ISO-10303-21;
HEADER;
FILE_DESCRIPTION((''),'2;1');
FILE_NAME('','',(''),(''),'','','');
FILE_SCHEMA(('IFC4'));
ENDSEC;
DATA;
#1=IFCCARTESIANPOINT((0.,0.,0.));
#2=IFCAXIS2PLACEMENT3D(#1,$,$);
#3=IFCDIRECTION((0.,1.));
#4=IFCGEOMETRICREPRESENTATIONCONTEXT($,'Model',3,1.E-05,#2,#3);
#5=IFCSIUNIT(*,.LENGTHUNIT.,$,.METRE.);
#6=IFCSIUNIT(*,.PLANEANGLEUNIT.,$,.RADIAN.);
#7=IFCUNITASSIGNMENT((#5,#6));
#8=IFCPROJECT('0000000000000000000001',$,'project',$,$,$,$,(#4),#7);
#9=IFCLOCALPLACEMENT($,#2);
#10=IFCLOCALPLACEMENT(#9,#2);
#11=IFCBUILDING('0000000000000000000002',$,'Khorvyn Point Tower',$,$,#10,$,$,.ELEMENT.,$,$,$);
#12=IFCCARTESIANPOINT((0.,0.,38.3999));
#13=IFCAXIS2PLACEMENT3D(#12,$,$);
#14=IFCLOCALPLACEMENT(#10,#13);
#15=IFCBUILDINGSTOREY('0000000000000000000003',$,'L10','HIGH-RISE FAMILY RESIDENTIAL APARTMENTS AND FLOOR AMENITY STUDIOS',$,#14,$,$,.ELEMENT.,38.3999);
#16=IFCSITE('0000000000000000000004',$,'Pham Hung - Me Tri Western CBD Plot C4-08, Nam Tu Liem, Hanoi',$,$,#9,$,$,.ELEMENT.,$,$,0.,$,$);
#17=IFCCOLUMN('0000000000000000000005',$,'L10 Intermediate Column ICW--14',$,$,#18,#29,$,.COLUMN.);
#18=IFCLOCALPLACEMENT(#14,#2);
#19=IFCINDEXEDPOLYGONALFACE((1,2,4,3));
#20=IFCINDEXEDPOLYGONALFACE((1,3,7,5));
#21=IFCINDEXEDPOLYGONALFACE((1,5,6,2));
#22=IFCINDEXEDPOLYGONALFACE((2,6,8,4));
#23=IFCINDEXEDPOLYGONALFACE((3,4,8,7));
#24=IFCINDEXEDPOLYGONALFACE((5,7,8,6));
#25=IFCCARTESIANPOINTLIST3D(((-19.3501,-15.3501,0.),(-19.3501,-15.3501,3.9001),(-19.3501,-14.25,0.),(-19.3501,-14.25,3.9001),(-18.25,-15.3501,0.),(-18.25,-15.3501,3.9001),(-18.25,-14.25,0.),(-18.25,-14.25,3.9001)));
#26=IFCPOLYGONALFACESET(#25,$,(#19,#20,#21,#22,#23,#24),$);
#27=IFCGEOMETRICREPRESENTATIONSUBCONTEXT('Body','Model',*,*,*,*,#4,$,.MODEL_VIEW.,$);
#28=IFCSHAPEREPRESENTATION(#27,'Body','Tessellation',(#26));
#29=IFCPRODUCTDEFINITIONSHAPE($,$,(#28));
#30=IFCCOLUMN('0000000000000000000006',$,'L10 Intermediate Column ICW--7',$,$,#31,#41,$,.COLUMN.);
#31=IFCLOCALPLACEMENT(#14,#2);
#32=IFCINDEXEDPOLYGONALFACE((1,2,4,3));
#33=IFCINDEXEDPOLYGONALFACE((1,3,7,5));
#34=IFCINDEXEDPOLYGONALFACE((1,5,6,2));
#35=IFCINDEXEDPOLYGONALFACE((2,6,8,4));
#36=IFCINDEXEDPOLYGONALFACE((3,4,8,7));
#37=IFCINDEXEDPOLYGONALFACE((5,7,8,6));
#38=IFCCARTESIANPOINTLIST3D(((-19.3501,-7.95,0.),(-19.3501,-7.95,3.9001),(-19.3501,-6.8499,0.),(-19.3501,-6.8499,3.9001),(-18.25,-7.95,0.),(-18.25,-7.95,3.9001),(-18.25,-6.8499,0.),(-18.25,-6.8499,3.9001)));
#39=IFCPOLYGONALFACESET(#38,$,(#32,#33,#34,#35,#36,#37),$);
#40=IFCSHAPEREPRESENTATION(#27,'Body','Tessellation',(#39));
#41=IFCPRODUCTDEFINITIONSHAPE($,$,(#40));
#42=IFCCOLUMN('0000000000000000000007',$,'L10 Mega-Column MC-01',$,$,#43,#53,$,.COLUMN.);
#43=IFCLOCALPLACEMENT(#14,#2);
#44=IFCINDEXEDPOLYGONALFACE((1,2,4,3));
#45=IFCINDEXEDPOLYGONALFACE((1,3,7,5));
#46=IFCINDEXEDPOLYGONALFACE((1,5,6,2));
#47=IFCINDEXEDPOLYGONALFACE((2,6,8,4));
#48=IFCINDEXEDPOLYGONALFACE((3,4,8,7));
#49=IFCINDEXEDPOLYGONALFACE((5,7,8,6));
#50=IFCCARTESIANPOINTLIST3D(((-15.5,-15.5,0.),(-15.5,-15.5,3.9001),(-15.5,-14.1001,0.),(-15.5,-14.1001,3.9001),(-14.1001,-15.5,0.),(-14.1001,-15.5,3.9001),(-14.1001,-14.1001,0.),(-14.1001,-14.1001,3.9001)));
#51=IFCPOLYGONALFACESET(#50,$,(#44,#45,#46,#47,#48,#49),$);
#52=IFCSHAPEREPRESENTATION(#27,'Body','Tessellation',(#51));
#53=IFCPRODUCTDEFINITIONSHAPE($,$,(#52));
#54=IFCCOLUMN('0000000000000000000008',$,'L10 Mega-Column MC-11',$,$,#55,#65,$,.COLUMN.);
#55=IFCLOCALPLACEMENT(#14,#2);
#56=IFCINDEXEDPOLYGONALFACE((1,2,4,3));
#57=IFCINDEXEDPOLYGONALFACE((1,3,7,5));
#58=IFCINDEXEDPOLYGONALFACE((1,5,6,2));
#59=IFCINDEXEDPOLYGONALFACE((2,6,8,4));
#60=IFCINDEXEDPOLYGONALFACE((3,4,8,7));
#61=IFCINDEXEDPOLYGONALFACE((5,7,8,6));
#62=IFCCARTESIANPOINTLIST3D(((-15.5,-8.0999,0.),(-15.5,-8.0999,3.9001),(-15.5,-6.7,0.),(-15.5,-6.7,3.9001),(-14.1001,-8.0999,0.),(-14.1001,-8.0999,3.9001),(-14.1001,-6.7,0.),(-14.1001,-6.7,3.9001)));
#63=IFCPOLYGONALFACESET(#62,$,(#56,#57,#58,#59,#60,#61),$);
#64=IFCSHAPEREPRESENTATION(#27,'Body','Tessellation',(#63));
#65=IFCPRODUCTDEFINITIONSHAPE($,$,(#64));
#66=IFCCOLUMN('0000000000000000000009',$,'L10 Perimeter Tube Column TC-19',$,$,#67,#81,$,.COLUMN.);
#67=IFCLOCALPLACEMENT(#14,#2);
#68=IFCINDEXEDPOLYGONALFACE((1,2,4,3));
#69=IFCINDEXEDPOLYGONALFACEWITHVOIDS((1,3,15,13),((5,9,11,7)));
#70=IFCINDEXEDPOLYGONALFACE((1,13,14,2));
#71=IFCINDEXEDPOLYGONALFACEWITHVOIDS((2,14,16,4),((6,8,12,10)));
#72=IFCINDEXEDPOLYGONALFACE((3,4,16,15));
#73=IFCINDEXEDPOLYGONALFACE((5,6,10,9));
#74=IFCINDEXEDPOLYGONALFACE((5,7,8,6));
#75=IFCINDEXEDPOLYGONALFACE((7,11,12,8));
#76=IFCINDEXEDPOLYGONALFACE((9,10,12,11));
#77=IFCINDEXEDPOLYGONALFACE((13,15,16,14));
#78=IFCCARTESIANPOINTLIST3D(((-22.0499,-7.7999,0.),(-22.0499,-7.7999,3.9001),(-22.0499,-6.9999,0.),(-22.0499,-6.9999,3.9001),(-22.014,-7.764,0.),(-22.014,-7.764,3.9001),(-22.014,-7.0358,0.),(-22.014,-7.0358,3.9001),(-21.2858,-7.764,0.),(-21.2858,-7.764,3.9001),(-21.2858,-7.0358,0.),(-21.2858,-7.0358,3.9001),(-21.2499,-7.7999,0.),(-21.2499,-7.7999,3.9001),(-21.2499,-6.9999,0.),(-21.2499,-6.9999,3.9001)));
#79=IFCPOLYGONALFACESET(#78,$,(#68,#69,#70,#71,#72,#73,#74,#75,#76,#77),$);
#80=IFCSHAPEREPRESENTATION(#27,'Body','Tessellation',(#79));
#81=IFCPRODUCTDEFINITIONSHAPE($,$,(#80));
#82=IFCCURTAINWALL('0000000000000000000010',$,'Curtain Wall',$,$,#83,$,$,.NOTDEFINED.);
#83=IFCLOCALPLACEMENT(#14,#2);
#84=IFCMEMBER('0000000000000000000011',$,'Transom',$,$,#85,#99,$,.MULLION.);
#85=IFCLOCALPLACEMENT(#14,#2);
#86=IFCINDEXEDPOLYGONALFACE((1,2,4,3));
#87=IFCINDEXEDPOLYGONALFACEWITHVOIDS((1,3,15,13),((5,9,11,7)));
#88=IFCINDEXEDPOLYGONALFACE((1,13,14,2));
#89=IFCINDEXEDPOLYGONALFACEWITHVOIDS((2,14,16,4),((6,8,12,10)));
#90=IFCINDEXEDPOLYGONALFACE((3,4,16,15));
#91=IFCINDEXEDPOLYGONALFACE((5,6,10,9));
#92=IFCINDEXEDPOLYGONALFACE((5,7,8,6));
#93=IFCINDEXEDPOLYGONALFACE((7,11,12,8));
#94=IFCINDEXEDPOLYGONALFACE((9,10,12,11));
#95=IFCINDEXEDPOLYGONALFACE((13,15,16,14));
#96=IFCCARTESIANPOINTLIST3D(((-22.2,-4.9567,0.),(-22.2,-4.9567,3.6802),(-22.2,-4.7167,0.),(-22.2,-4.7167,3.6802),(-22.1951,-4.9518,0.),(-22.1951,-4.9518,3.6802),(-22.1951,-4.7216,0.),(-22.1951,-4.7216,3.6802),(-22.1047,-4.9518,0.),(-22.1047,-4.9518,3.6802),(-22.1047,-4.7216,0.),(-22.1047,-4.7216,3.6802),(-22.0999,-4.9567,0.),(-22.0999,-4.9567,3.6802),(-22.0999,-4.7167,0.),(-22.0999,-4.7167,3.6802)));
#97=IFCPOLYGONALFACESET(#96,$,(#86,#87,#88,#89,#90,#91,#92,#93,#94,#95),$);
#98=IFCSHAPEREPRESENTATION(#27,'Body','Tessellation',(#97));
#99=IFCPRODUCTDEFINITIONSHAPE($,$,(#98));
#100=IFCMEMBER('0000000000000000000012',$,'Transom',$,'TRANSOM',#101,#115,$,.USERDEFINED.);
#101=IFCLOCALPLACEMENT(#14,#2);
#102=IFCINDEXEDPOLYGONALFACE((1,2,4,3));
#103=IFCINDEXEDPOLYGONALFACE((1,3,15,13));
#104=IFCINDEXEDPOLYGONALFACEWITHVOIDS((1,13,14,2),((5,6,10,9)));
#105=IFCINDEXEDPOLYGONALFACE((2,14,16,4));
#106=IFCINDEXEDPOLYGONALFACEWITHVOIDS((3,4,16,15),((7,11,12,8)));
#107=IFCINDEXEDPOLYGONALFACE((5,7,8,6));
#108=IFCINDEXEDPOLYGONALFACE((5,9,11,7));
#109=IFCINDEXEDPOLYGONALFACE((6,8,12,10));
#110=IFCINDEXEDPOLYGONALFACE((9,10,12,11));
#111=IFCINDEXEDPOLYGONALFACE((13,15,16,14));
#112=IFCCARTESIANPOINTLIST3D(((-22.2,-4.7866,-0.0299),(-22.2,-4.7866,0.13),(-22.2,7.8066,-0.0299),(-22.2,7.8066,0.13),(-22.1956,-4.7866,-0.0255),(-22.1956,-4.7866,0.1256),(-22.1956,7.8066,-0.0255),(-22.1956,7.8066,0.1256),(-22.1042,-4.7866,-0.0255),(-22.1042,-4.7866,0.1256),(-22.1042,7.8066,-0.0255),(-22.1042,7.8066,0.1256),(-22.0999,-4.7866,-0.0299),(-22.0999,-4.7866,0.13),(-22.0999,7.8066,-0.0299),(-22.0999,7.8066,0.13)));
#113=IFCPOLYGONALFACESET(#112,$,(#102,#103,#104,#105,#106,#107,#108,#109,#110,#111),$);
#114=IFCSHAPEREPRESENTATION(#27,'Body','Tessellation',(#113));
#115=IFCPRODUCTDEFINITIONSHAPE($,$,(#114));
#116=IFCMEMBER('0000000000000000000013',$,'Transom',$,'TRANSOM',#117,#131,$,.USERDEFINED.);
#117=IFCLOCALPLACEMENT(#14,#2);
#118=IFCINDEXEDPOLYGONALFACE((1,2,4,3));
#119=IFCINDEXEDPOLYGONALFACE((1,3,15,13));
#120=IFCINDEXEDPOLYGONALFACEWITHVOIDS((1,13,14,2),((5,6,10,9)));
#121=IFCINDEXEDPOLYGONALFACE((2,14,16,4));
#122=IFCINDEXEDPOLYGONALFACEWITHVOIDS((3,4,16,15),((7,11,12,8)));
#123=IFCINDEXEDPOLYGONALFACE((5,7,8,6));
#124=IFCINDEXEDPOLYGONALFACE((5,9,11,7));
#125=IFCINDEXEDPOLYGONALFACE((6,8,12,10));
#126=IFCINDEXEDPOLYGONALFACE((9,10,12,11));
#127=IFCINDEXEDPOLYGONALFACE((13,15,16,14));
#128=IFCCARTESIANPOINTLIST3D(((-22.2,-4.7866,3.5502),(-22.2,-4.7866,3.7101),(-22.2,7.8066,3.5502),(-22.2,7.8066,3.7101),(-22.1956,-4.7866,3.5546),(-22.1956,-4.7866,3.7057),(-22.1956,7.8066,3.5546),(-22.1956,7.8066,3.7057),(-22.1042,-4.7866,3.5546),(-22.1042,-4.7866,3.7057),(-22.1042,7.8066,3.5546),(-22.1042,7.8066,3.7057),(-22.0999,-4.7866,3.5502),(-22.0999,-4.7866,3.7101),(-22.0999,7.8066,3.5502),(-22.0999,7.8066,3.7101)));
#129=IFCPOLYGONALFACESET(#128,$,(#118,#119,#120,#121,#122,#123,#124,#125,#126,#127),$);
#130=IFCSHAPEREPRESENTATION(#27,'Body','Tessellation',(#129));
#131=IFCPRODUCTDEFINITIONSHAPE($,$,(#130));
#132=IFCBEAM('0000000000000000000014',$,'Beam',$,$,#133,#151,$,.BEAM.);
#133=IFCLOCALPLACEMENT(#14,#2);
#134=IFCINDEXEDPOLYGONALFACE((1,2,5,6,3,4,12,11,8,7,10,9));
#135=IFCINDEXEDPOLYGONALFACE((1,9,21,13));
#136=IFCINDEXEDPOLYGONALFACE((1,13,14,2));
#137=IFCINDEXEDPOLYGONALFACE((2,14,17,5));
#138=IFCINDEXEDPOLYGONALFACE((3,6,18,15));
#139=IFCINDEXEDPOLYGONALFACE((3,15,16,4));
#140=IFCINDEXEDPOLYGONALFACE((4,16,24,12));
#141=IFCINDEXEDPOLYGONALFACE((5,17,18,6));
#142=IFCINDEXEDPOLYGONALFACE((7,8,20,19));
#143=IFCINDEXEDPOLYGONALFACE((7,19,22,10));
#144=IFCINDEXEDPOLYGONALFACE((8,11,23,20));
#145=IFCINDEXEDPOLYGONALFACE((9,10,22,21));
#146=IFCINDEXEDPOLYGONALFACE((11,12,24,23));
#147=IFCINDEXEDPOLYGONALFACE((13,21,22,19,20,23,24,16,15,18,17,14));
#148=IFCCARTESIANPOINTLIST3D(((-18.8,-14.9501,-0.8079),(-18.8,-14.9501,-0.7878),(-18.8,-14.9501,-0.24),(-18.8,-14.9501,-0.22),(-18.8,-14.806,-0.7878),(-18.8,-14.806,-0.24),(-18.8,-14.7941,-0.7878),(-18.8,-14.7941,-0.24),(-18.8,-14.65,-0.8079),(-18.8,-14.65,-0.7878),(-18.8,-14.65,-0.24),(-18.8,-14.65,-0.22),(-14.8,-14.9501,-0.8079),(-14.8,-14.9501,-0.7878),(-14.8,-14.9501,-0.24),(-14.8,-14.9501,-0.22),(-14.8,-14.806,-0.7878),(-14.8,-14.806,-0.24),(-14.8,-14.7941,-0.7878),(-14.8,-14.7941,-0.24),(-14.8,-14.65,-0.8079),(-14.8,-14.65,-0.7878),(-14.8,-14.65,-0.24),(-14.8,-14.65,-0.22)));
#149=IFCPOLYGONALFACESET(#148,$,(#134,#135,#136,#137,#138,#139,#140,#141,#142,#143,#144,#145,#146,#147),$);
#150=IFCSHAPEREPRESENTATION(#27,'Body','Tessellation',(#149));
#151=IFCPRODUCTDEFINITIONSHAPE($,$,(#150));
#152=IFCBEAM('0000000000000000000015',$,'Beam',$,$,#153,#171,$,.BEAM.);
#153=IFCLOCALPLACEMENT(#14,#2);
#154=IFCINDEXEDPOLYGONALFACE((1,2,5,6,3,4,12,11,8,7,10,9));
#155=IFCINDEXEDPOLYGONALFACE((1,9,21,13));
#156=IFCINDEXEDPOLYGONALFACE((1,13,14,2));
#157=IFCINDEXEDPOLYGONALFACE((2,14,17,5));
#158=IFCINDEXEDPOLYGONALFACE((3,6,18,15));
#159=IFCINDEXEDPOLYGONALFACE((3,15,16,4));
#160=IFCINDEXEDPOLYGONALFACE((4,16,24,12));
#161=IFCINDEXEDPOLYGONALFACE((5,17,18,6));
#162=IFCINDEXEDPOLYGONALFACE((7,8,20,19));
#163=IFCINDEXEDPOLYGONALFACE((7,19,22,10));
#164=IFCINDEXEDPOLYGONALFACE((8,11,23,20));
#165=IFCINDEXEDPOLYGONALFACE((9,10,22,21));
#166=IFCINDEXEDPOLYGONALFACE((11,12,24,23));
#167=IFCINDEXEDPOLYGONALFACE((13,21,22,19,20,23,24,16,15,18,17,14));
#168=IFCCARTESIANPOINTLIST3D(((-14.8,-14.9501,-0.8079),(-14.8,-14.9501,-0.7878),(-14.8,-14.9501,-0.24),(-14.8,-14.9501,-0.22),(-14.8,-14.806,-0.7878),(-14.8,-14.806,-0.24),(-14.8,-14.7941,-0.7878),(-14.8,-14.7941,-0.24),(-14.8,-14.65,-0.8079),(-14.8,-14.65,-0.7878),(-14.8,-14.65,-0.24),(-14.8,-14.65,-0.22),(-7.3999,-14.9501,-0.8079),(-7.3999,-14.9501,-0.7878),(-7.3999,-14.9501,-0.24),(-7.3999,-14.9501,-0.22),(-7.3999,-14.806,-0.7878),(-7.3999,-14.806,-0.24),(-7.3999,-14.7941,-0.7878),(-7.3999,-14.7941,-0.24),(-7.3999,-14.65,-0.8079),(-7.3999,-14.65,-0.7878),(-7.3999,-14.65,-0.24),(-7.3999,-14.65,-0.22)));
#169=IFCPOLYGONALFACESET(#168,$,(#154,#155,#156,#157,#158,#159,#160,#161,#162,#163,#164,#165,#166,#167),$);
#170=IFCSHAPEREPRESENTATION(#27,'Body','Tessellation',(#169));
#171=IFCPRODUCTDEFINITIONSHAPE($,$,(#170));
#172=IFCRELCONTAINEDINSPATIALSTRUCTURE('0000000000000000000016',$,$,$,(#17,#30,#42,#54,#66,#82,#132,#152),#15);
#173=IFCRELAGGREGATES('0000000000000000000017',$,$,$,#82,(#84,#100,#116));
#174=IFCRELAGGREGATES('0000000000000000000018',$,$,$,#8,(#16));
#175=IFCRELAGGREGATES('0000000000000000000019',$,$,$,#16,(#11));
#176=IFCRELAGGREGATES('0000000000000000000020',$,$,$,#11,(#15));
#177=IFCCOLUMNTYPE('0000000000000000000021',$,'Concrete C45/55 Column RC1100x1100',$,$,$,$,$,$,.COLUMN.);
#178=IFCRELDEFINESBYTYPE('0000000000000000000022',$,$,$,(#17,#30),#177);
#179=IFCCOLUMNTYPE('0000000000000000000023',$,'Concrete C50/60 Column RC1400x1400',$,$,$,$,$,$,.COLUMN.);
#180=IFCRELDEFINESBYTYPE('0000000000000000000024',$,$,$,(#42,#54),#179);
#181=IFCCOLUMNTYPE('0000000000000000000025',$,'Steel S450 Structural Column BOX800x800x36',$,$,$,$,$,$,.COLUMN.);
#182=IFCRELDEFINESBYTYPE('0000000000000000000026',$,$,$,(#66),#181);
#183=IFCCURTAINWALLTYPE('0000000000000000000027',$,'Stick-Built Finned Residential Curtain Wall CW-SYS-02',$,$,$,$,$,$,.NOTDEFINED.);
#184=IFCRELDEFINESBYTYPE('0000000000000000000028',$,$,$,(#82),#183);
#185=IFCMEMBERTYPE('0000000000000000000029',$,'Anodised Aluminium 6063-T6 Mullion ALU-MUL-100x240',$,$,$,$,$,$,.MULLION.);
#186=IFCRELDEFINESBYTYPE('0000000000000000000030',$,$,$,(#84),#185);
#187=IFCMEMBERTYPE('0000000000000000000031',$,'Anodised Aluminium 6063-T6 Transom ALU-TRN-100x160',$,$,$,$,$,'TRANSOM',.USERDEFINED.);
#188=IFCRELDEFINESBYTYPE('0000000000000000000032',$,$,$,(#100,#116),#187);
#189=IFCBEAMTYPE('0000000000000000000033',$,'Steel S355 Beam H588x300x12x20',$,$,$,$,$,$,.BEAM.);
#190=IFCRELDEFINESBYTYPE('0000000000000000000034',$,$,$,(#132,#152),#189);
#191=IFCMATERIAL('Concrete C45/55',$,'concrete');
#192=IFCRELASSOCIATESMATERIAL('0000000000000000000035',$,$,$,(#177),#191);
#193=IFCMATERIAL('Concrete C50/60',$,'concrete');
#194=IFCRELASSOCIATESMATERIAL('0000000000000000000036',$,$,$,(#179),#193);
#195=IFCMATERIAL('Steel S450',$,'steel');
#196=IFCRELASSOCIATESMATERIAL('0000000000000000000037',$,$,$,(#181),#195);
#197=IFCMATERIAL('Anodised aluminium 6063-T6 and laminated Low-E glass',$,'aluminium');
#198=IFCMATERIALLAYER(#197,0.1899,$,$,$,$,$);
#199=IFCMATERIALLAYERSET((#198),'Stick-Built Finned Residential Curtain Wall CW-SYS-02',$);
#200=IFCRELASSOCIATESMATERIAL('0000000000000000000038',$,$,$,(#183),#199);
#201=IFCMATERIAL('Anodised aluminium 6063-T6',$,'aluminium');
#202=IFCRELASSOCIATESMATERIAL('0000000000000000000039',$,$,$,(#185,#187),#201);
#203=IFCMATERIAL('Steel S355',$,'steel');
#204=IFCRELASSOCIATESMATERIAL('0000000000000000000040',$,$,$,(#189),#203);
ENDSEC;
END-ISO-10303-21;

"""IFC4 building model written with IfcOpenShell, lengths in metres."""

from ifc_helpers import new_model, si_unit, direction, frame, origin, origin_2d, place, context, subcontext, project, spatial, rectangle, hollow_rectangle, i_section, extrude, material, layer, layer_set, material_profile, profile_set, type_object, element, aggregate, save


model = new_model("IFC4")

# Units and contexts
model_context = context("Model", 3, precision=1e-05, world=origin(), true_north=direction((0.0, 1.0)))
body_context = subcontext(model_context, "Body", "Model", "MODEL_VIEW")
ifc_project = project(units=[si_unit("LENGTHUNIT", "METRE"), si_unit("PLANEANGLEUNIT", "RADIAN")], contexts=[model_context])

# Site, building, storey
site_placement = place(None, origin())
site = spatial("IfcSite", under=ifc_project, at=site_placement, Name="Pham Hung - Me Tri Western CBD Plot C4-08, Nam Tu Liem, Hanoi", CompositionType="ELEMENT", RefElevation=0.0)
building_placement = place(site_placement, origin())
building = spatial("IfcBuilding", under=site, at=building_placement, Name="Khorvyn Point Tower", CompositionType="ELEMENT")
storey_placement = place(building_placement, frame((0.0, 0.0, 38.3999)))
storey = spatial("IfcBuildingStorey", under=building, at=storey_placement, Name="L10", Description="HIGH-RISE FAMILY RESIDENTIAL APARTMENTS AND FLOOR AMENITY STUDIOS", CompositionType="ELEMENT", Elevation=38.3999)

# Columns
ifc_material_1 = material(Name="Concrete C45/55", Category="concrete")
ifc_material_profile_1 = material_profile(ifc_material_1, rectangle(XDim=1.1001, YDim=1.1001, at=origin_2d()))
ifc_profile_set_1 = profile_set([ifc_material_profile_1], Name="Concrete C45/55 RC1100x1100")
column_type_1 = type_object("IfcColumnType", Name="Concrete C45/55 Column RC1100x1100", PredefinedType="COLUMN", material=ifc_profile_set_1)
for number, where, z_axis, x_axis, name in (
    (1, (-18.8, -14.8, 0.0), (0.0, 0.0, 1.0), (1.0, 0.0, 0.0), "L10 Intermediate Column ICW--14"),
    (2, (-18.8, -7.3999, 0.0), (0.0, 0.0, 1.0), (1.0, 0.0, 0.0), "L10 Intermediate Column ICW--7"),
):
    element("IfcColumn", number, at=place(storey_placement, frame(where, z_axis=z_axis, x_axis=x_axis)), inside=storey, type_object=column_type_1, Name=name, PredefinedType="COLUMN", context=body_context, shape_type="SweptSolid", body=[
        extrude(rectangle(XDim=1.1001, YDim=1.1001, at=origin_2d()), origin(), (0.0, 0.0, 1.0), 3.9001),
    ])
ifc_material_2 = material(Name="Concrete C50/60", Category="concrete")
ifc_material_profile_2 = material_profile(ifc_material_2, rectangle(XDim=1.3999, YDim=1.3999, at=origin_2d()))
ifc_profile_set_2 = profile_set([ifc_material_profile_2], Name="Concrete C50/60 RC1400x1400")
column_type_2 = type_object("IfcColumnType", Name="Concrete C50/60 Column RC1400x1400", PredefinedType="COLUMN", material=ifc_profile_set_2)
for number, where, z_axis, x_axis, name in (
    (3, (-14.8, -14.8, 0.0), (0.0, 0.0, 1.0), (1.0, 0.0, 0.0), "L10 Mega-Column MC-01"),
    (4, (-14.8, -7.3999, 0.0), (0.0, 0.0, 1.0), (1.0, 0.0, 0.0), "L10 Mega-Column MC-11"),
):
    element("IfcColumn", number, at=place(storey_placement, frame(where, z_axis=z_axis, x_axis=x_axis)), inside=storey, type_object=column_type_2, Name=name, PredefinedType="COLUMN", context=body_context, shape_type="SweptSolid", body=[
        extrude(rectangle(XDim=1.3999, YDim=1.3999, at=origin_2d()), origin(), (0.0, 0.0, 1.0), 3.9001),
    ])
ifc_material_3 = material(Name="Steel S450", Category="steel")
ifc_material_profile_3 = material_profile(ifc_material_3, hollow_rectangle(XDim=0.8, YDim=0.8, WallThickness=0.0359, at=origin_2d()))
ifc_profile_set_3 = profile_set([ifc_material_profile_3], Name="Steel S450 BOX800x800x36")
column_type_3 = type_object("IfcColumnType", Name="Steel S450 Structural Column BOX800x800x36", PredefinedType="COLUMN", material=ifc_profile_set_3)
column_placement = place(storey_placement, frame((-21.6499, -7.3999, 0.0), z_axis=(0.0, 0.0, 1.0), x_axis=(1.0, 0.0, 0.0)))
element("IfcColumn", 5, at=column_placement, inside=storey, type_object=column_type_3, Name="L10 Perimeter Tube Column TC-19", PredefinedType="COLUMN", context=body_context, shape_type="SweptSolid", body=[
    extrude(hollow_rectangle(XDim=0.8, YDim=0.8, WallThickness=0.0359, at=origin_2d()), origin(), (0.0, 0.0, 1.0), 3.9001),
])

# Curtain wall, members
ifc_material_4 = material(Name="Anodised aluminium 6063-T6 and laminated Low-E glass", Category="aluminium")
ifc_layer_1 = layer(ifc_material_4, 0.1899)
ifc_layer_set_1 = layer_set([ifc_layer_1], Name="Stick-Built Finned Residential Curtain Wall CW-SYS-02")
curtain_wall_type = type_object("IfcCurtainWallType", Name="Stick-Built Finned Residential Curtain Wall CW-SYS-02", PredefinedType="NOTDEFINED", material=ifc_layer_set_1)
curtain_wall_placement = place(storey_placement, origin())
curtain_wall = element("IfcCurtainWall", 6, at=curtain_wall_placement, inside=storey, type_object=curtain_wall_type, Name="Curtain Wall", PredefinedType="NOTDEFINED")
ifc_material_5 = material(Name="Anodised aluminium 6063-T6", Category="aluminium")
ifc_material_profile_4 = material_profile(ifc_material_5, hollow_rectangle(XDim=0.1001, YDim=0.24, WallThickness=0.0049, at=origin_2d()))
ifc_profile_set_4 = profile_set([ifc_material_profile_4], Name="Anodised aluminium 6063-T6 ALU-MUL-100x240")
member_type_1 = type_object("IfcMemberType", Name="Anodised Aluminium 6063-T6 Mullion ALU-MUL-100x240", PredefinedType="MULLION", material=ifc_profile_set_4)
member_1_placement = place(storey_placement, frame((-22.1499, -4.8367, 0.0), z_axis=(0.0, 0.0, 1.0), x_axis=(-1.0, 0.0, 0.0)))
member_1 = element("IfcMember", 7, at=member_1_placement, type_object=member_type_1, Name="Transom", PredefinedType="MULLION", context=body_context, shape_type="SweptSolid", body=[
    extrude(hollow_rectangle(XDim=0.1001, YDim=0.24, WallThickness=0.0049, at=origin_2d()), origin(), (0.0, 0.0, 1.0), 3.6802),
])
ifc_material_profile_5 = material_profile(ifc_material_5, hollow_rectangle(XDim=0.1001, YDim=0.1599, WallThickness=0.0044, at=origin_2d()))
ifc_profile_set_5 = profile_set([ifc_material_profile_5], Name="Anodised aluminium 6063-T6 ALU-TRN-100x160")
member_type_2 = type_object("IfcMemberType", Name="Anodised Aluminium 6063-T6 Transom ALU-TRN-100x160", ElementType="TRANSOM", PredefinedType="USERDEFINED", material=ifc_profile_set_5)
member_2_placement = place(storey_placement, frame((-22.1499, -4.7866, 0.05), z_axis=(0.0, 1.0, 0.0), x_axis=(-1.0, 0.0, 0.0)))
member_2 = element("IfcMember", 8, at=member_2_placement, type_object=member_type_2, Name="Transom", ObjectType="TRANSOM", PredefinedType="USERDEFINED", context=body_context, shape_type="SweptSolid", body=[
    extrude(hollow_rectangle(XDim=0.1001, YDim=0.1599, WallThickness=0.0044, at=origin_2d()), origin(), (0.0, 0.0, 1.0), 12.5933),
])
member_3_placement = place(storey_placement, frame((-22.1499, -4.7866, 3.6301), z_axis=(0.0, 1.0, 0.0), x_axis=(-1.0, 0.0, 0.0)))
member_3 = element("IfcMember", 9, at=member_3_placement, type_object=member_type_2, Name="Transom", ObjectType="TRANSOM", PredefinedType="USERDEFINED", context=body_context, shape_type="SweptSolid", body=[
    extrude(hollow_rectangle(XDim=0.1001, YDim=0.1599, WallThickness=0.0044, at=origin_2d()), origin(), (0.0, 0.0, 1.0), 12.5933),
])

# Beams
ifc_material_6 = material(Name="Steel S355", Category="steel")
ifc_material_profile_6 = material_profile(ifc_material_6, i_section(OverallWidth=0.3, OverallDepth=0.5879, WebThickness=0.012, FlangeThickness=0.02, at=origin_2d()))
ifc_profile_set_6 = profile_set([ifc_material_profile_6], Name="Steel S355 H588x300x12x20")
beam_type_1 = type_object("IfcBeamType", Name="Steel S355 Beam H588x300x12x20", PredefinedType="BEAM", material=ifc_profile_set_6)
beam_1_placement = place(storey_placement, frame((-18.8, -14.8, -0.5139), z_axis=(1.0, 0.0, 0.0), x_axis=(0.0, 1.0, 0.0)))
element("IfcBeam", 10, at=beam_1_placement, inside=storey, type_object=beam_type_1, Name="Beam", PredefinedType="BEAM", context=body_context, shape_type="SweptSolid", body=[
    extrude(i_section(OverallWidth=0.3, OverallDepth=0.5879, WebThickness=0.012, FlangeThickness=0.02, at=origin_2d()), origin(), (0.0, 0.0, 1.0), 4.0),
])
beam_2_placement = place(storey_placement, frame((-14.8, -14.8, -0.5139), z_axis=(1.0, 0.0, 0.0), x_axis=(0.0, 1.0, 0.0)))
element("IfcBeam", 11, at=beam_2_placement, inside=storey, type_object=beam_type_1, Name="Beam", PredefinedType="BEAM", context=body_context, shape_type="SweptSolid", body=[
    extrude(i_section(OverallWidth=0.3, OverallDepth=0.5879, WebThickness=0.012, FlangeThickness=0.02, at=origin_2d()), origin(), (0.0, 0.0, 1.0), 7.4001),
])

aggregate(curtain_wall, [member_1, member_2, member_3])

save(model, "model.ifc")
